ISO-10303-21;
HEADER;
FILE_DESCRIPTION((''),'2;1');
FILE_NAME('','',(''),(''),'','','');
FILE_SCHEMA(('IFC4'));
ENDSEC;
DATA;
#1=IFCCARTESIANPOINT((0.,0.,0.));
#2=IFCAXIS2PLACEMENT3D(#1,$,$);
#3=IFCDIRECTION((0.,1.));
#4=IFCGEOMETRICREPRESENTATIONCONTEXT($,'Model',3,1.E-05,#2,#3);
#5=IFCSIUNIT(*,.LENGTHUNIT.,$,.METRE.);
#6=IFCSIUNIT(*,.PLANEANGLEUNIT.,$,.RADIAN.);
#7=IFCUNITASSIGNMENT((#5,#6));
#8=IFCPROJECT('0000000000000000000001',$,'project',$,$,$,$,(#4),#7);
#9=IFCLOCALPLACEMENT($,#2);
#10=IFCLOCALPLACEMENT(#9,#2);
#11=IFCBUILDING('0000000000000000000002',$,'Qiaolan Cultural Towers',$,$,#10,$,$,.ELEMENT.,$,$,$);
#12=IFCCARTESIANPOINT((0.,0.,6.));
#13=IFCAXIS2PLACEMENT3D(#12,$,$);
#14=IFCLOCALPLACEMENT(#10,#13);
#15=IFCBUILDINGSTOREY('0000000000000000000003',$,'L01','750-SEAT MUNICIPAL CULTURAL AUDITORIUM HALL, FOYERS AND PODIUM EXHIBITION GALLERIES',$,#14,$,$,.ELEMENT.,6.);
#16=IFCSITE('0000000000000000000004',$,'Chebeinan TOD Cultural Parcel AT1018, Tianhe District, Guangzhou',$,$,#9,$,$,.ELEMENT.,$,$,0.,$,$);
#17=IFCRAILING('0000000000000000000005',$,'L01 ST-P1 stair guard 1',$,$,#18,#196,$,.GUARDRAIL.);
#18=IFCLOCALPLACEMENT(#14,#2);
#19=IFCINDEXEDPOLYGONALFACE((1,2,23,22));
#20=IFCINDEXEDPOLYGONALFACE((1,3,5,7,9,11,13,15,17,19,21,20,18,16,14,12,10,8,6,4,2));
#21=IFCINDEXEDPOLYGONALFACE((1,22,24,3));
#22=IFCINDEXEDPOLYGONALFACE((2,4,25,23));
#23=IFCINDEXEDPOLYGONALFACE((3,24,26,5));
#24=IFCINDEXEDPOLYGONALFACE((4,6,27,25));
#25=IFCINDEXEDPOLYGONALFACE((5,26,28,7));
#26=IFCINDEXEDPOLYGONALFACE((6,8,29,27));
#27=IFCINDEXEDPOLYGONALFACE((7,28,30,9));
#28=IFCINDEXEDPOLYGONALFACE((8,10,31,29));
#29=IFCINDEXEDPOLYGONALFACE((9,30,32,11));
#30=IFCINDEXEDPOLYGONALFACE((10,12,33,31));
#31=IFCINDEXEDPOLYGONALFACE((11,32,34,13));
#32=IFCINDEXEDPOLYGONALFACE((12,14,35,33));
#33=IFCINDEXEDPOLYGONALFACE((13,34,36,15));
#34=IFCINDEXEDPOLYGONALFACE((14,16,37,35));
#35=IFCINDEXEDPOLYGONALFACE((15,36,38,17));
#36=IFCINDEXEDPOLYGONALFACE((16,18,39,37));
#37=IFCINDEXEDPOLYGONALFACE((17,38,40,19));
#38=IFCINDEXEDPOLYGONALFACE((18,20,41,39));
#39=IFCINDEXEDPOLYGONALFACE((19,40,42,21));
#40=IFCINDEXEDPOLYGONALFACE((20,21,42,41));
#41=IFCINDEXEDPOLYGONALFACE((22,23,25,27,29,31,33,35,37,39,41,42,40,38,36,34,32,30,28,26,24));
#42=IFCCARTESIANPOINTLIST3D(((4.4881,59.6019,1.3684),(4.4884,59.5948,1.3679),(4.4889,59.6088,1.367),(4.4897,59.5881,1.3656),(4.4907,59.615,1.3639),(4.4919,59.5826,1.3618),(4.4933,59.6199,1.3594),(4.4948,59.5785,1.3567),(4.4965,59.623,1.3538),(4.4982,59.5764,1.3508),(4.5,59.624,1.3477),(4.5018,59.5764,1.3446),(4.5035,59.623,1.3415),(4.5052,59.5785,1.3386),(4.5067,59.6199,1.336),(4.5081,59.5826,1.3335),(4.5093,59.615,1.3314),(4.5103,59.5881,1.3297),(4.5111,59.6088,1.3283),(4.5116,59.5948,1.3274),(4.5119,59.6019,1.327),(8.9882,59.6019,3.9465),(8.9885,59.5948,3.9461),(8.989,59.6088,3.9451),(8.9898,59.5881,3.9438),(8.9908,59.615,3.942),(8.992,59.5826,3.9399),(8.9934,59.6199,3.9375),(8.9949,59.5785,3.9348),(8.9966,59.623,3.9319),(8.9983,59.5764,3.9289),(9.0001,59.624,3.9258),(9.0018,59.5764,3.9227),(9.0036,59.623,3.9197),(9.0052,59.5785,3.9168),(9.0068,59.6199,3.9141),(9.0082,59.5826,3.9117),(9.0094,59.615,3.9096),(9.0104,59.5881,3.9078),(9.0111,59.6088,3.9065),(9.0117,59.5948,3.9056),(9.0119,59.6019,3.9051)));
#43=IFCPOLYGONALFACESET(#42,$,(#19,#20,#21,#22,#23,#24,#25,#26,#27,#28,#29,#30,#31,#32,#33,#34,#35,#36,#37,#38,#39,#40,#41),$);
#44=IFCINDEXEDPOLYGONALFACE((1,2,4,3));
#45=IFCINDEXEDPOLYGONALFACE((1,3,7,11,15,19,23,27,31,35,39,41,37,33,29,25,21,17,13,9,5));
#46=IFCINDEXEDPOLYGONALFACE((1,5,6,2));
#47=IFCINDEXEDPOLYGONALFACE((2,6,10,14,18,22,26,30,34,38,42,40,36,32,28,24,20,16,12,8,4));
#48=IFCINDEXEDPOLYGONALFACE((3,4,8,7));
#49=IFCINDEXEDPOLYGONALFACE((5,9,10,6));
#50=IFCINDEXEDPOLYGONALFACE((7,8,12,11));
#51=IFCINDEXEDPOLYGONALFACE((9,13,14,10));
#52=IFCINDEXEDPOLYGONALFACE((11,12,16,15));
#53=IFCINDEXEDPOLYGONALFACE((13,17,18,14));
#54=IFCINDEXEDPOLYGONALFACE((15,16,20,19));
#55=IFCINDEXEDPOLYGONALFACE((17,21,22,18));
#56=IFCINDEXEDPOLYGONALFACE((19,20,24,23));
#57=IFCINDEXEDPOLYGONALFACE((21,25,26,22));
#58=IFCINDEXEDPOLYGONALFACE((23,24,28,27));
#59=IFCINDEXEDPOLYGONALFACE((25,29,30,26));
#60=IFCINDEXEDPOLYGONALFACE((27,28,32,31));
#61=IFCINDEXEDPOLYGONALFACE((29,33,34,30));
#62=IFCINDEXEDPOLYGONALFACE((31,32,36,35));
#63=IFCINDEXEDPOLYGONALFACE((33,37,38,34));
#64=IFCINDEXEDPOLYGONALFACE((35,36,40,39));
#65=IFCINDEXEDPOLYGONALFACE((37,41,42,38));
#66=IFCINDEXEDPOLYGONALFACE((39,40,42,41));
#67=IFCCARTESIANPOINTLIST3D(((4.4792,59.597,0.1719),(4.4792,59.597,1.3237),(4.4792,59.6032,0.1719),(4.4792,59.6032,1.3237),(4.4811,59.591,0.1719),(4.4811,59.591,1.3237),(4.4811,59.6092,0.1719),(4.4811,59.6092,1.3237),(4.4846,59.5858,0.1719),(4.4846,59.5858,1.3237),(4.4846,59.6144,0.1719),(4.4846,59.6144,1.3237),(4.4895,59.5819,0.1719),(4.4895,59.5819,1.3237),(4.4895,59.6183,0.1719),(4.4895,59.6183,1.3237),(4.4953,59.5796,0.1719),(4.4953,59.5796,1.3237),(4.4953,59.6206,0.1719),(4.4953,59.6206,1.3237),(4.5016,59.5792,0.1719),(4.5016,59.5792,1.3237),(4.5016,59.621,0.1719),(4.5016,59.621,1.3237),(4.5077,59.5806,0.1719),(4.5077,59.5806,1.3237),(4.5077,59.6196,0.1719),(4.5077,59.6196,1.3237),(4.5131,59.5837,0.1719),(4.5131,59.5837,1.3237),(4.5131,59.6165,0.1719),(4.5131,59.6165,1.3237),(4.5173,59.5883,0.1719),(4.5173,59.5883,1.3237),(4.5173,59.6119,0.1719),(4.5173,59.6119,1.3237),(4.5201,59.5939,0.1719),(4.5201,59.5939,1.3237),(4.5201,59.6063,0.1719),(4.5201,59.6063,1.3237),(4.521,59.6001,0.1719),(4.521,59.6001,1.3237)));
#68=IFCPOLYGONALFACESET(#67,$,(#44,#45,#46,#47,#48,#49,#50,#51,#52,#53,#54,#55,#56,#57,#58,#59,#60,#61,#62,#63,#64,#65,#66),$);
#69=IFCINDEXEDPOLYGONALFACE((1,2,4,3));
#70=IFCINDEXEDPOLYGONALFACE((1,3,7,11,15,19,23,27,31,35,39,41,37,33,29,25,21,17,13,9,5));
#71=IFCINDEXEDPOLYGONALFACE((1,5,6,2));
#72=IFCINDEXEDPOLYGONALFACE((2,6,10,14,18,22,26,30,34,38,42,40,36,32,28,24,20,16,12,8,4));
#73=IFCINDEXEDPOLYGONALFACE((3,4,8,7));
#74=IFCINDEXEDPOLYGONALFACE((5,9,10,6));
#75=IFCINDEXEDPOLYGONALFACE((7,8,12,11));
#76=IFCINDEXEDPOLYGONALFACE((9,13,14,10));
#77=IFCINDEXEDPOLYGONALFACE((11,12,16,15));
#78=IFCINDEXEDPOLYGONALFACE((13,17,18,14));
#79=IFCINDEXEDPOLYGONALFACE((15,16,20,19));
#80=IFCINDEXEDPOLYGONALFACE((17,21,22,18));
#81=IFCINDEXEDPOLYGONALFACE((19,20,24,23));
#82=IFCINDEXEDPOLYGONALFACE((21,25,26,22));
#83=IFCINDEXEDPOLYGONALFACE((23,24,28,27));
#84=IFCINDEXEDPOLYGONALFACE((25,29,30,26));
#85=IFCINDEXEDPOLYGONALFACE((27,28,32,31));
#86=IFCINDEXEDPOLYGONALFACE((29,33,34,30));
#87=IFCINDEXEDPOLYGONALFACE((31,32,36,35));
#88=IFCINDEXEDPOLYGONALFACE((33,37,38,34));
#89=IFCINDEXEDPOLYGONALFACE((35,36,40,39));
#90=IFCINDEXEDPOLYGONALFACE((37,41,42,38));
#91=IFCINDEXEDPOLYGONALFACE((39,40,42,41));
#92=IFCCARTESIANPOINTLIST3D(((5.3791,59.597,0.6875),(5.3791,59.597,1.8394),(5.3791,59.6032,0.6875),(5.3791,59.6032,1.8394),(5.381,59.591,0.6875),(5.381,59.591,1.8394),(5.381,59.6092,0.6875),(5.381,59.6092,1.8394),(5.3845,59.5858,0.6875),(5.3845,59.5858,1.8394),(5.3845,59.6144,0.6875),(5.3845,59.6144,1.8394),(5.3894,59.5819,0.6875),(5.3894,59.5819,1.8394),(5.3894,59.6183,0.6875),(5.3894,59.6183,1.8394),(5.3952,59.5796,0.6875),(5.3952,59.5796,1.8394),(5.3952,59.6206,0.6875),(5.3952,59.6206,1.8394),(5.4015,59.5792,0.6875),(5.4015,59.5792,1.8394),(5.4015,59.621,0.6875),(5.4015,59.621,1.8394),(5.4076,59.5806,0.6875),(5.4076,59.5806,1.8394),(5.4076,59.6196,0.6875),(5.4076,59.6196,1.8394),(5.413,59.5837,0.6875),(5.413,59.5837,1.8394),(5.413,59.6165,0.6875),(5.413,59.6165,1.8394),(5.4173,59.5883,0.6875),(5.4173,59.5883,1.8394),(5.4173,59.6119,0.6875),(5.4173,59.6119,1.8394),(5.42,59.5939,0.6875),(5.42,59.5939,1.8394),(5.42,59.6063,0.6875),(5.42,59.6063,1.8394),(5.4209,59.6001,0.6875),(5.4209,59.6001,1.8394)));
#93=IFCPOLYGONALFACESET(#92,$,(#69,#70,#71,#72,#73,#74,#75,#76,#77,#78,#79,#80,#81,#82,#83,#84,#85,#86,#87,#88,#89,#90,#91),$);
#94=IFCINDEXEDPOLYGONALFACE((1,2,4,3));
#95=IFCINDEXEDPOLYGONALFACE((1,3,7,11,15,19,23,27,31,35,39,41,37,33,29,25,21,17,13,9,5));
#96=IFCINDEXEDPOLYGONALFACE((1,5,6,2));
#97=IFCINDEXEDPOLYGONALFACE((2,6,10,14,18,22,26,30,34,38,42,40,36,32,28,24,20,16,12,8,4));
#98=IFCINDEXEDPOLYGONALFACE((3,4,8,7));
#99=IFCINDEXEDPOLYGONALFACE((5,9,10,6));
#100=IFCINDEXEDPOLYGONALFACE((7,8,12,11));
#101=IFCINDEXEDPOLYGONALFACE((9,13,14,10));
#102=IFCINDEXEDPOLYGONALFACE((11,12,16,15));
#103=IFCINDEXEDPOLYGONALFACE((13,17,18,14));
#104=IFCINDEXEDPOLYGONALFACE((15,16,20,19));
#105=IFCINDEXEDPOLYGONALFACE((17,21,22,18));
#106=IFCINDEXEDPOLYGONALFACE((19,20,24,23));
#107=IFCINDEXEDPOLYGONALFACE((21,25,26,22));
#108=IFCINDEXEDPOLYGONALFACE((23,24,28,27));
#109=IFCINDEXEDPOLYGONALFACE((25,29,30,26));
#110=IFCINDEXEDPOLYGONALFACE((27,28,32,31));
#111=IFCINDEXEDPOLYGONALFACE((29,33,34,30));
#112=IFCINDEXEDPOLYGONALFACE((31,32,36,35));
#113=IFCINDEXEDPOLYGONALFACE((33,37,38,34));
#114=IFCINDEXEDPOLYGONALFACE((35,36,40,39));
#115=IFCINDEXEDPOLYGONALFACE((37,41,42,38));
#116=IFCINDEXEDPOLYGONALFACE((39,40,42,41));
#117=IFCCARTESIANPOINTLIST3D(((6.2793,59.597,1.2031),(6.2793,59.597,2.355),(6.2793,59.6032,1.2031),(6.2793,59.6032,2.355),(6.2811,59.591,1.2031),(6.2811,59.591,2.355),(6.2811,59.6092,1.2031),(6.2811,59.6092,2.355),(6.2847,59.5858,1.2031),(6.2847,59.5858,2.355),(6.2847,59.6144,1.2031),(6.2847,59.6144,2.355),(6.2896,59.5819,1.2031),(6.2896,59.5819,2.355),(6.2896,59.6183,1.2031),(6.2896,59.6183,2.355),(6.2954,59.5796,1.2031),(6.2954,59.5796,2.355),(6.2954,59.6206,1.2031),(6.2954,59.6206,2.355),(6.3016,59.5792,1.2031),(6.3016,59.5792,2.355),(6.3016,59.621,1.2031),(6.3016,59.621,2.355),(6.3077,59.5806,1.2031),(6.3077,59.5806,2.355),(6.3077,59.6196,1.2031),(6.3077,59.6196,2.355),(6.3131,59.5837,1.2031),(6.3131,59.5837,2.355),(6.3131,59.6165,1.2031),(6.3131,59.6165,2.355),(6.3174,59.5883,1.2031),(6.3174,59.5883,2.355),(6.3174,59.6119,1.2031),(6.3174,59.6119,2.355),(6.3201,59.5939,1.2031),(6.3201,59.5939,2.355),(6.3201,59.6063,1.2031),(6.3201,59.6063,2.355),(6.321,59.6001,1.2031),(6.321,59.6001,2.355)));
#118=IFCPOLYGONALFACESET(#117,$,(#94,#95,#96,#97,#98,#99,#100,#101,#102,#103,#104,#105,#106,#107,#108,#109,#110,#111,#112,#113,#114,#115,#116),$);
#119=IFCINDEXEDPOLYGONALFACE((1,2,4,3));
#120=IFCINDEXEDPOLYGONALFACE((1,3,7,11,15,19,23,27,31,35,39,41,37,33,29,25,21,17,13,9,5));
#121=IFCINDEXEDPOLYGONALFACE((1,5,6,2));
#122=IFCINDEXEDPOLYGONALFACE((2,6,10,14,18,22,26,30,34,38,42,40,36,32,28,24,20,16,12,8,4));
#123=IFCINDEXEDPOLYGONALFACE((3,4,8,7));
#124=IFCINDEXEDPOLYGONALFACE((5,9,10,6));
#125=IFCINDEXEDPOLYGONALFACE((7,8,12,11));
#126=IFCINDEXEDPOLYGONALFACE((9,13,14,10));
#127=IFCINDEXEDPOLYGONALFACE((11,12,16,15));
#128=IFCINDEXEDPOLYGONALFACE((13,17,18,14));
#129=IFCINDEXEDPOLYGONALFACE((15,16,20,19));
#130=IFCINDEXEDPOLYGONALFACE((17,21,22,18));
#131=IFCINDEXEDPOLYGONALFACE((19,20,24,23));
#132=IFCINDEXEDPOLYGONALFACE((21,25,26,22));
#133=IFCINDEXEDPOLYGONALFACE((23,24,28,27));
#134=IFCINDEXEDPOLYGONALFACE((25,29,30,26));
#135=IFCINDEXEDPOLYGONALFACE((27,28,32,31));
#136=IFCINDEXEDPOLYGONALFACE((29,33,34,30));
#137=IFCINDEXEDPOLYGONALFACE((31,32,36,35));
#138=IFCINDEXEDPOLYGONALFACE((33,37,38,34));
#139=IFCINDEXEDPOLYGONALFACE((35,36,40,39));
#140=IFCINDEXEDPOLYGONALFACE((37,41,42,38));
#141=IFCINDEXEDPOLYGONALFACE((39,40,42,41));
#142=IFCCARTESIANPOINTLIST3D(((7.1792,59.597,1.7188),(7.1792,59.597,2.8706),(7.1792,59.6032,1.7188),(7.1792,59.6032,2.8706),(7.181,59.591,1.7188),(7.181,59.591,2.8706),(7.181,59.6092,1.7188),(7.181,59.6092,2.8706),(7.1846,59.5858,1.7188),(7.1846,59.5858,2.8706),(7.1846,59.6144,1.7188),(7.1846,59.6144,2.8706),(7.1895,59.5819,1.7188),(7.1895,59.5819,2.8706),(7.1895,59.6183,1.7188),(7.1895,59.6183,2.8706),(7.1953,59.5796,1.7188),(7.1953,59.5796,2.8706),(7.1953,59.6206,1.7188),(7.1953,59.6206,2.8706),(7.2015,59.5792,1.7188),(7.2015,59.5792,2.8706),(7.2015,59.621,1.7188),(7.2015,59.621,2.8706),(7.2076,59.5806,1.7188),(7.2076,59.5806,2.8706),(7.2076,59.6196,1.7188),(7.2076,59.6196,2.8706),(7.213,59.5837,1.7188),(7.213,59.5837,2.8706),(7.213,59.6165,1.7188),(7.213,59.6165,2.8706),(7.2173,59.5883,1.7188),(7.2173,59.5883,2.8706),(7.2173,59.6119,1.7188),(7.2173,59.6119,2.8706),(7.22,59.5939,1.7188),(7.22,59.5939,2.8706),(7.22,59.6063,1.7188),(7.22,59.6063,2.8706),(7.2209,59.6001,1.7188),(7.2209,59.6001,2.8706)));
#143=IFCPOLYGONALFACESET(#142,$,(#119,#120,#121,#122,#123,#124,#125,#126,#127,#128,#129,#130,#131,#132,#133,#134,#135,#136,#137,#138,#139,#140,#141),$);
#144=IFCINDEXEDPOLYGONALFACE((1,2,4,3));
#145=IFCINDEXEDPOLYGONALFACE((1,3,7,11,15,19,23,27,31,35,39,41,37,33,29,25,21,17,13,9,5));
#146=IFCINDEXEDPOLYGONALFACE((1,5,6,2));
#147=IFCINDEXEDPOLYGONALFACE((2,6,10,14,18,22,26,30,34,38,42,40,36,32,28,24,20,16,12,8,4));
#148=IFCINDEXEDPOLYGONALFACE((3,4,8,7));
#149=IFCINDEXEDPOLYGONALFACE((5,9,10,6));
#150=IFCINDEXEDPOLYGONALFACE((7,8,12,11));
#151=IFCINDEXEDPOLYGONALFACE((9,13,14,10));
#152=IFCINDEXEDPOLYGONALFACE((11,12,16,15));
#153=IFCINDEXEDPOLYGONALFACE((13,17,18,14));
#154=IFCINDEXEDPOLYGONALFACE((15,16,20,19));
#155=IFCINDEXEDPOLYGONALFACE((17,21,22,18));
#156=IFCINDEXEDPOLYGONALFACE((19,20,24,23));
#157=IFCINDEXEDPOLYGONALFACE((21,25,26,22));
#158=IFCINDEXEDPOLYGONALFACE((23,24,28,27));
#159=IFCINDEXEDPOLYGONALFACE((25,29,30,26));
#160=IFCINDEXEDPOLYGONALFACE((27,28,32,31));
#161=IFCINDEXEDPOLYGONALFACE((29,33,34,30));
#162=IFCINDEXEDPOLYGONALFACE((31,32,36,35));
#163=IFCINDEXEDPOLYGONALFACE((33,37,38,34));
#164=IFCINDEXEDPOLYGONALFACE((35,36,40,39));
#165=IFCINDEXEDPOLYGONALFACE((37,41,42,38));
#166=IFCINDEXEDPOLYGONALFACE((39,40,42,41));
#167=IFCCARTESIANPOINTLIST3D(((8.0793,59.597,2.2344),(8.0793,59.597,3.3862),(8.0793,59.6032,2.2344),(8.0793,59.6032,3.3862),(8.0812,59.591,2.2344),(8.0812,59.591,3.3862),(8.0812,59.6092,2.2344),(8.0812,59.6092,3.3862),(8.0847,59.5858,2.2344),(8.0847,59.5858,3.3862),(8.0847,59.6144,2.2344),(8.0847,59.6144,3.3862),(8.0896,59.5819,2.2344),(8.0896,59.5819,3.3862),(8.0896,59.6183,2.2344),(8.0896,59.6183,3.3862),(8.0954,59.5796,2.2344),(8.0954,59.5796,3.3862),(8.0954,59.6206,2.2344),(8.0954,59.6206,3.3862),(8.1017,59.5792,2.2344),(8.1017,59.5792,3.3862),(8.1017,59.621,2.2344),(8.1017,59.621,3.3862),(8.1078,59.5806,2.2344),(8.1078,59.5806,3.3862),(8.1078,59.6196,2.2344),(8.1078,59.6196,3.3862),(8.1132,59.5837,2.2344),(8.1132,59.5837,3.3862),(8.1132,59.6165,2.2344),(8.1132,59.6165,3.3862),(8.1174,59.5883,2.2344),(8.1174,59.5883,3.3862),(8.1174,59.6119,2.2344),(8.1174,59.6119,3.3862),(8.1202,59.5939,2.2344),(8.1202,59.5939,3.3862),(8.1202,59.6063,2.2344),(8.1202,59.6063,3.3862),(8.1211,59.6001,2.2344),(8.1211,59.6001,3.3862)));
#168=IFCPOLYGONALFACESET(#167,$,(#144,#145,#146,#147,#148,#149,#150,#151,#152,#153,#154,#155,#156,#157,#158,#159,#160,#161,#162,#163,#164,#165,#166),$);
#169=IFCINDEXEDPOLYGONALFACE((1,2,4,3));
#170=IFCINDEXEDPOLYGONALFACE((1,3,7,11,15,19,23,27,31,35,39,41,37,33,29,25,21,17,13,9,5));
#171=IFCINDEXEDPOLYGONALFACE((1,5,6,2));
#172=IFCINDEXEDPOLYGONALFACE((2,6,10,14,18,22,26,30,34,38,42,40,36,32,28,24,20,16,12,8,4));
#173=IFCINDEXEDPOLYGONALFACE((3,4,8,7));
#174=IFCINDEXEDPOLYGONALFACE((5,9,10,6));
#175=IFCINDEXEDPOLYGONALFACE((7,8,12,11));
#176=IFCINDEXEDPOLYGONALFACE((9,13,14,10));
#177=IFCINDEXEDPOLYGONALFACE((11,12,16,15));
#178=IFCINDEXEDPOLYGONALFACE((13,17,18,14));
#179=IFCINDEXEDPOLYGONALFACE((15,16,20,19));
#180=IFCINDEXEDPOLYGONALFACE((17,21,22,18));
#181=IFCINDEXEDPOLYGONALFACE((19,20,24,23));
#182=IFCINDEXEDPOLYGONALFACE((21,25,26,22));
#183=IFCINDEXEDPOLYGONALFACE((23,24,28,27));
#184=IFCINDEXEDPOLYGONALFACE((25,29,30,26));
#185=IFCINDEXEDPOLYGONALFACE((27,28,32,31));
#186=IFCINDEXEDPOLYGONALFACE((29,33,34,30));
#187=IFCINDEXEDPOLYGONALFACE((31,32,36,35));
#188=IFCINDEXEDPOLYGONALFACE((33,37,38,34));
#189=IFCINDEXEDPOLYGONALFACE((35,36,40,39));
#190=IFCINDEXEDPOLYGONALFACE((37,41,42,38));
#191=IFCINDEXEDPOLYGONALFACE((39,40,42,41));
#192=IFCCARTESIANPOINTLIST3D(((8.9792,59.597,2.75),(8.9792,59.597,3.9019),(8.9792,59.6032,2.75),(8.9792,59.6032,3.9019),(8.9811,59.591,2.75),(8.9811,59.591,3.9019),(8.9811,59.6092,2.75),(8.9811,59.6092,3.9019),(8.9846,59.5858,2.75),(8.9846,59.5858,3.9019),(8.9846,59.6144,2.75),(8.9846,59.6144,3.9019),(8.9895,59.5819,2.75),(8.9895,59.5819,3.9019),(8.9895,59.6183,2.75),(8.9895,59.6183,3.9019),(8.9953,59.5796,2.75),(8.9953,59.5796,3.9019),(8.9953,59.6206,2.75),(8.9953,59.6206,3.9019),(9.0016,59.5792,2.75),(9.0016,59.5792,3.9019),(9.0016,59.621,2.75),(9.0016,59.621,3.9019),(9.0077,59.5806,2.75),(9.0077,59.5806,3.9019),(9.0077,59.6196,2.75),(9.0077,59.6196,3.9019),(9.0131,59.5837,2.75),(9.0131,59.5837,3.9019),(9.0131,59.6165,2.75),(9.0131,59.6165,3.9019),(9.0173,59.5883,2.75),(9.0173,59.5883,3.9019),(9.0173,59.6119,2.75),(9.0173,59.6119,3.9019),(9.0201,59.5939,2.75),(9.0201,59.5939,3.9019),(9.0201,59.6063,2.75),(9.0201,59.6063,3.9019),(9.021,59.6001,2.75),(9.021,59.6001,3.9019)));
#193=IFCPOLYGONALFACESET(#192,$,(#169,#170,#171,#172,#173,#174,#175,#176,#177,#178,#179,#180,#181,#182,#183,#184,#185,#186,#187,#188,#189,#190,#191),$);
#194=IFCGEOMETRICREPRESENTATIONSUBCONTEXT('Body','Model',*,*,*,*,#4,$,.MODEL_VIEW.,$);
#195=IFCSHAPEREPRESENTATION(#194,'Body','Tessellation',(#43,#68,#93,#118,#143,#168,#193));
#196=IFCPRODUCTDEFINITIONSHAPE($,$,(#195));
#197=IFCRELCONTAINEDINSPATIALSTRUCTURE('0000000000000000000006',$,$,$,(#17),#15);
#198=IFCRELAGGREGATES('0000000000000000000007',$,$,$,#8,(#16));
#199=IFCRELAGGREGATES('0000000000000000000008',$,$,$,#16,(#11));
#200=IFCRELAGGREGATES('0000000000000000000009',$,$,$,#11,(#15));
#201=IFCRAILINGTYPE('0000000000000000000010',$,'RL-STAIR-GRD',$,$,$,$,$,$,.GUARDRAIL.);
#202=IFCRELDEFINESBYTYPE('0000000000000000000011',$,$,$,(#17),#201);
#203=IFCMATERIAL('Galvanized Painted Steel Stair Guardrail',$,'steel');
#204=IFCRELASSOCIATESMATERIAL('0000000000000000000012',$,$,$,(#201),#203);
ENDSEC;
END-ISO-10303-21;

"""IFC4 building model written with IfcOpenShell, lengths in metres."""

from ifc_helpers import new_model, si_unit, direction, frame, origin, origin_2d, place, context, subcontext, project, spatial, circle, extrude, material, type_object, element, save


model = new_model("IFC4")

# Units and contexts
model_context = context("Model", 3, precision=1e-05, world=origin(), true_north=direction((0.0, 1.0)))
body_context = subcontext(model_context, "Body", "Model", "MODEL_VIEW")
ifc_project = project(units=[si_unit("LENGTHUNIT", "METRE"), si_unit("PLANEANGLEUNIT", "RADIAN")], contexts=[model_context])

# Site, building, storey
site_placement = place(None, origin())
site = spatial("IfcSite", under=ifc_project, at=site_placement, Name="Chebeinan TOD Cultural Parcel AT1018, Tianhe District, Guangzhou", CompositionType="ELEMENT", RefElevation=0.0)
building_placement = place(site_placement, origin())
building = spatial("IfcBuilding", under=site, at=building_placement, Name="Qiaolan Cultural Towers", CompositionType="ELEMENT")
storey_placement = place(building_placement, frame((0.0, 0.0, 6.0)))
storey = spatial("IfcBuildingStorey", under=building, at=storey_placement, Name="L01", Description="750-SEAT MUNICIPAL CULTURAL AUDITORIUM HALL, FOYERS AND PODIUM EXHIBITION GALLERIES", CompositionType="ELEMENT", Elevation=6.0)

# Railing
ifc_material_1 = material(Name="Galvanized Painted Steel Stair Guardrail", Category="steel")
railing_type_1 = type_object("IfcRailingType", Name="RL-STAIR-GRD", PredefinedType="GUARDRAIL", material=ifc_material_1)
railing_1_placement = place(storey_placement, frame((4.5, 59.6001, 0.1719)))
element("IfcRailing", 1, at=railing_1_placement, inside=storey, type_object=railing_type_1, Name="L01 ST-P1 stair guard 1", PredefinedType="GUARDRAIL", context=body_context, shape_type="SweptSolid", body=[
    extrude(circle(Radius=0.0239, at=origin_2d()), frame((0.0, 0.0, 1.1758), z_axis=(0.867686, 0.0, 0.497112), x_axis=(0.0, 1.0, 0.0)), (0.0, 0.0, 1.0), 5.1863),
    extrude(circle(Radius=0.021, at=origin_2d()), origin(), (0.0, 0.0, 1.0), 1.1519),
    extrude(circle(Radius=0.021, at=origin_2d()), frame((0.8999, 0.0, 0.5156)), (0.0, 0.0, 1.0), 1.1519),
    extrude(circle(Radius=0.021, at=origin_2d()), frame((1.8, 0.0, 1.0312)), (0.0, 0.0, 1.0), 1.1519),
    extrude(circle(Radius=0.021, at=origin_2d()), frame((2.7, 0.0, 1.5469)), (0.0, 0.0, 1.0), 1.1519),
    extrude(circle(Radius=0.021, at=origin_2d()), frame((3.6001, 0.0, 2.0625)), (0.0, 0.0, 1.0), 1.1519),
    extrude(circle(Radius=0.021, at=origin_2d()), frame((4.5, 0.0, 2.5781)), (0.0, 0.0, 1.0), 1.1519),
])

save(model, "model.ifc")
